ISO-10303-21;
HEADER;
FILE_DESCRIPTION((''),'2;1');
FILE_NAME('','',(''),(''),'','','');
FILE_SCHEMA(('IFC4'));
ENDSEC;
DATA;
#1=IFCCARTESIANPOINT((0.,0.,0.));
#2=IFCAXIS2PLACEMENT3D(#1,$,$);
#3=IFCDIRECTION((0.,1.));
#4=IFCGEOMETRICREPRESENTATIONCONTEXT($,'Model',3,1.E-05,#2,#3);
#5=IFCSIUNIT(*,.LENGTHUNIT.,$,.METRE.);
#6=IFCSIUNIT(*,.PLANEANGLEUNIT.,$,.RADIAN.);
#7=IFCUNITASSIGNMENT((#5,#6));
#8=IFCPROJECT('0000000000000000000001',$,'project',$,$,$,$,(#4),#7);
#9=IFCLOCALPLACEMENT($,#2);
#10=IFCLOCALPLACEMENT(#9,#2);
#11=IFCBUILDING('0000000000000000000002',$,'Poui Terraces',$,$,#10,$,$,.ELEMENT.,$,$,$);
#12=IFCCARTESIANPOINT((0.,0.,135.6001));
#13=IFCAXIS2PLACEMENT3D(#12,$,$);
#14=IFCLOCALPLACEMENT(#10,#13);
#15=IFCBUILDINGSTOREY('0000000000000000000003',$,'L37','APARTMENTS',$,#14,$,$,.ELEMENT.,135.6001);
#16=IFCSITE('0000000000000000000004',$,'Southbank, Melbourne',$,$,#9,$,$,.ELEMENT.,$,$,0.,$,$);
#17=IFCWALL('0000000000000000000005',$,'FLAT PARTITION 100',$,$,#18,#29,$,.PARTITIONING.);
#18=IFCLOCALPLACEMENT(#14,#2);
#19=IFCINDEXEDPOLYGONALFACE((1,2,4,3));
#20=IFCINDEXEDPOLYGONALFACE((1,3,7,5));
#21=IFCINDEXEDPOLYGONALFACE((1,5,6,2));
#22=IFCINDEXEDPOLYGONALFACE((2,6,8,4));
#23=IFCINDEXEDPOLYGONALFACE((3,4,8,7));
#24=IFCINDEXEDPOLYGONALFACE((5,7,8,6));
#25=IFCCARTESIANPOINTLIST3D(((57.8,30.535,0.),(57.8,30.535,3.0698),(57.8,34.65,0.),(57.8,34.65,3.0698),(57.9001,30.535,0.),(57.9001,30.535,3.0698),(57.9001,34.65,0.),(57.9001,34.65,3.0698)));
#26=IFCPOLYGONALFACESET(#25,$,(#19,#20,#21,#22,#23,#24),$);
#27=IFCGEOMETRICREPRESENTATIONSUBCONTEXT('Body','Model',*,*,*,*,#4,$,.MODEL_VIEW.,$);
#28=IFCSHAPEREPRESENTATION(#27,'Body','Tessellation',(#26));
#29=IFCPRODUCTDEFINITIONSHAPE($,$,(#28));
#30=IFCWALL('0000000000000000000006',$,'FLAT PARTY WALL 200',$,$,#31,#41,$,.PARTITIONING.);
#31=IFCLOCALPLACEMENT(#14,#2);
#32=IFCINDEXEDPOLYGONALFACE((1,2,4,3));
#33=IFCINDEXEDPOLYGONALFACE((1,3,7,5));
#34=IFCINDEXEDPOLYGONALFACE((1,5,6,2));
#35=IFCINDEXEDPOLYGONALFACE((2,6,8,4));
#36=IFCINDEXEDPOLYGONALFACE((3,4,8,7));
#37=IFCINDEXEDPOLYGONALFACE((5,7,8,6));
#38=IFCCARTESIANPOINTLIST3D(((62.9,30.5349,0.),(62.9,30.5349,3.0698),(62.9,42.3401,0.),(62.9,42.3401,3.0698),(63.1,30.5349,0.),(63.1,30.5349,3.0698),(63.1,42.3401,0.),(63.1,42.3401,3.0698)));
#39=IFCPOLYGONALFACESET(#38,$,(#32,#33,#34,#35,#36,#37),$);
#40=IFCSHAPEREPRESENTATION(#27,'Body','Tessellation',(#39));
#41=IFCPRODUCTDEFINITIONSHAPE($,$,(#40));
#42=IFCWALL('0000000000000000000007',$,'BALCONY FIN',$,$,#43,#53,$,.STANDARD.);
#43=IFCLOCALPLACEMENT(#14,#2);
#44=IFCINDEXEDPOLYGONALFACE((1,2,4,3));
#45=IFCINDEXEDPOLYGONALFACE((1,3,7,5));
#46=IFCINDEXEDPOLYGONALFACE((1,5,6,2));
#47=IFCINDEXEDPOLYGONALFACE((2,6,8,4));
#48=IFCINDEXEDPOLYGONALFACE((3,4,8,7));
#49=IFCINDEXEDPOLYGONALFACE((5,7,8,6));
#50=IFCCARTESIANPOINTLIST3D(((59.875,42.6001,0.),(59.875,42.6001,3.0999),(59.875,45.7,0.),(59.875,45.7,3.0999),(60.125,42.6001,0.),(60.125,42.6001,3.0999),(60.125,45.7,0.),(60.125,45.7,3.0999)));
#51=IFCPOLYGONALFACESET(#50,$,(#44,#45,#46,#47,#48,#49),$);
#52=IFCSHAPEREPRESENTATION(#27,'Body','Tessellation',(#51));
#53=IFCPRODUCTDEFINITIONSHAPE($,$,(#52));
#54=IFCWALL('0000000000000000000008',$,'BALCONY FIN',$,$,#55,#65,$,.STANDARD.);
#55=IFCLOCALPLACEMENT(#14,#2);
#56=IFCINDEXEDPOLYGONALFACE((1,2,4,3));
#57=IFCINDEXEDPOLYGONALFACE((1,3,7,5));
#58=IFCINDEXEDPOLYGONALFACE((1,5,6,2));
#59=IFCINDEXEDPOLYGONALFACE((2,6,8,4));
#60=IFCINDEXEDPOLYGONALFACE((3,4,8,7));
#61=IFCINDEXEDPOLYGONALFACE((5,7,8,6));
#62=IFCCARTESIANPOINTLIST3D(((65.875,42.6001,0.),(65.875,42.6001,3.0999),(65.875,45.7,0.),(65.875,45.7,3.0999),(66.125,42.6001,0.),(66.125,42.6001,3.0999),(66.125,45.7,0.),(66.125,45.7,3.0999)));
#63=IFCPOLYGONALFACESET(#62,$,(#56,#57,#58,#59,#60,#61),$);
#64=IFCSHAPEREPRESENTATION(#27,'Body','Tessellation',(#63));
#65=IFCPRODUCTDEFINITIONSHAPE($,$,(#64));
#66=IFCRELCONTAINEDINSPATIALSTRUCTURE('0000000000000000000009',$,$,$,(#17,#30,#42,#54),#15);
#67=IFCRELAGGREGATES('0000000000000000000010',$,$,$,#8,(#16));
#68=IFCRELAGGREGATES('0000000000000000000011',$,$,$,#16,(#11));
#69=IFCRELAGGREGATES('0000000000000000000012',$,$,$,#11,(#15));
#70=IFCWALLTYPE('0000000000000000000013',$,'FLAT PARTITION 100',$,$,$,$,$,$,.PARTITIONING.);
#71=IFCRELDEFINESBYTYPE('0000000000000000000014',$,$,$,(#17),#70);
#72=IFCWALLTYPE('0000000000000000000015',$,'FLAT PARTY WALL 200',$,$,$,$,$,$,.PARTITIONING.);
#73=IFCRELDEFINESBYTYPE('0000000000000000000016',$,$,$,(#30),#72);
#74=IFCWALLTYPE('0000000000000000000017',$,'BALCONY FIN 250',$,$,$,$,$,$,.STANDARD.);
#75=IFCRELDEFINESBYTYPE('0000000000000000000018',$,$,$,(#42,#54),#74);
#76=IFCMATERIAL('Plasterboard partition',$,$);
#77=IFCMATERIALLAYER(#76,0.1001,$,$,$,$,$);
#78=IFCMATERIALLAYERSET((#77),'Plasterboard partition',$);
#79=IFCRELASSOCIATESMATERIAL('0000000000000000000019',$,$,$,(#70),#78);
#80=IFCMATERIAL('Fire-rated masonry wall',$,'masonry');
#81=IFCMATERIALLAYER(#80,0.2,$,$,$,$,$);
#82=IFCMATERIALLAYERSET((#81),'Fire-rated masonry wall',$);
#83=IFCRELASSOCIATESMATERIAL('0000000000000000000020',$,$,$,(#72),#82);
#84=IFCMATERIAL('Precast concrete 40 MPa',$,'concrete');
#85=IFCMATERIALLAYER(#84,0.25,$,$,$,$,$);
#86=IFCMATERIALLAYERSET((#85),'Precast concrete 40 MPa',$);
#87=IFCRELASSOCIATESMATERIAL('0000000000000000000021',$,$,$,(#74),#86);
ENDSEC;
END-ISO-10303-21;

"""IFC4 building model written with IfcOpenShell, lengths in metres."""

from ifc_helpers import new_model, si_unit, direction, frame, frame_2d, origin, place, context, subcontext, project, spatial, polyline, rectangle, outline, extrude, source, transform, mapped, material, layer, layer_set, type_object, element, save


model = new_model("IFC4")

# Units and contexts
model_context = context("Model", 3, precision=1e-05, world=origin(), true_north=direction((0.0, 1.0)))
body_context = subcontext(model_context, "Body", "Model", "MODEL_VIEW")
ifc_project = project(units=[si_unit("LENGTHUNIT", "METRE"), si_unit("PLANEANGLEUNIT", "RADIAN")], contexts=[model_context])

# Site, building, storey
site_placement = place(None, origin())
site = spatial("IfcSite", under=ifc_project, at=site_placement, Name="Southbank, Melbourne", CompositionType="ELEMENT", RefElevation=0.0)
building_placement = place(site_placement, origin())
building = spatial("IfcBuilding", under=site, at=building_placement, Name="Poui Terraces", CompositionType="ELEMENT")
storey_placement = place(building_placement, frame((0.0, 0.0, 135.6001)))
storey = spatial("IfcBuildingStorey", under=building, at=storey_placement, Name="L37", Description="APARTMENTS", CompositionType="ELEMENT", Elevation=135.6001)

# Shared definitions
ifc_material_1 = material(Name="Plasterboard partition")
ifc_layer_1 = layer(ifc_material_1, 0.1001)
ifc_layer_set_1 = layer_set([ifc_layer_1], Name="Plasterboard partition")
wall_type_1 = type_object("IfcWallType", Name="FLAT PARTITION 100", PredefinedType="PARTITIONING", material=ifc_layer_set_1)

# Walls
wall_1_placement = place(storey_placement, frame((57.8501, 30.5349, 0.0), z_axis=(0.0, 0.0, 1.0), x_axis=(0.0, 1.0, 0.0)))
element("IfcWall", 1, at=wall_1_placement, inside=storey, type_object=wall_type_1, Name="FLAT PARTITION 100", PredefinedType="PARTITIONING", context=body_context, shape_type="SweptSolid", body=[
    extrude(rectangle(XDim=4.115, YDim=0.1001, at=frame_2d((2.0576, 0.0))), origin(), (0.0, 0.0, 1.0), 3.0698),
])
ifc_material_2 = material(Name="Fire-rated masonry wall", Category="masonry")
ifc_layer_2 = layer(ifc_material_2, 0.2)
ifc_layer_set_2 = layer_set([ifc_layer_2], Name="Fire-rated masonry wall")
wall_type_2 = type_object("IfcWallType", Name="FLAT PARTY WALL 200", PredefinedType="PARTITIONING", material=ifc_layer_set_2)
wall_2_placement = place(storey_placement, frame((63.0, 30.5349, 0.0), z_axis=(0.0, 0.0, 1.0), x_axis=(0.0, 1.0, 0.0)))
element("IfcWall", 2, at=wall_2_placement, inside=storey, type_object=wall_type_2, Name="FLAT PARTY WALL 200", PredefinedType="PARTITIONING", context=body_context, shape_type="SweptSolid", body=[
    extrude(rectangle(XDim=11.8052, YDim=0.2, at=frame_2d((5.9026, 0.0))), origin(), (0.0, 0.0, 1.0), 3.0698),
])
ifc_material_3 = material(Name="Precast concrete 40 MPa", Category="concrete")
ifc_layer_3 = layer(ifc_material_3, 0.25)
ifc_layer_set_3 = layer_set([ifc_layer_3], Name="Precast concrete 40 MPa")
wall_type_3 = type_object("IfcWallType", Name="BALCONY FIN 250", PredefinedType="STANDARD", material=ifc_layer_set_3)
shared_shape_1 = source(origin(), body_context, "Body", "SweptSolid", [
    extrude(outline(polyline([(0.0, 0.0), (0.25, 0.0), (0.25, 3.0999), (0.0, 3.0999), (0.0, 0.0)])), origin(), (0.0, 0.0, 1.0), 3.0999),
])
for number, where, name in (
    (3, (59.875, 42.6001, 0.0), "BALCONY FIN"),
    (4, (65.875, 42.6001, 0.0), "BALCONY FIN"),
):
    element("IfcWall", number, at=place(storey_placement, frame(where)), inside=storey, type_object=wall_type_3, Name=name, PredefinedType="STANDARD", context=body_context, shape_type="MappedRepresentation", body=[
        mapped(shared_shape_1, transform((0.0, 0.0, 0.0))),
    ])

save(model, "model.ifc")
